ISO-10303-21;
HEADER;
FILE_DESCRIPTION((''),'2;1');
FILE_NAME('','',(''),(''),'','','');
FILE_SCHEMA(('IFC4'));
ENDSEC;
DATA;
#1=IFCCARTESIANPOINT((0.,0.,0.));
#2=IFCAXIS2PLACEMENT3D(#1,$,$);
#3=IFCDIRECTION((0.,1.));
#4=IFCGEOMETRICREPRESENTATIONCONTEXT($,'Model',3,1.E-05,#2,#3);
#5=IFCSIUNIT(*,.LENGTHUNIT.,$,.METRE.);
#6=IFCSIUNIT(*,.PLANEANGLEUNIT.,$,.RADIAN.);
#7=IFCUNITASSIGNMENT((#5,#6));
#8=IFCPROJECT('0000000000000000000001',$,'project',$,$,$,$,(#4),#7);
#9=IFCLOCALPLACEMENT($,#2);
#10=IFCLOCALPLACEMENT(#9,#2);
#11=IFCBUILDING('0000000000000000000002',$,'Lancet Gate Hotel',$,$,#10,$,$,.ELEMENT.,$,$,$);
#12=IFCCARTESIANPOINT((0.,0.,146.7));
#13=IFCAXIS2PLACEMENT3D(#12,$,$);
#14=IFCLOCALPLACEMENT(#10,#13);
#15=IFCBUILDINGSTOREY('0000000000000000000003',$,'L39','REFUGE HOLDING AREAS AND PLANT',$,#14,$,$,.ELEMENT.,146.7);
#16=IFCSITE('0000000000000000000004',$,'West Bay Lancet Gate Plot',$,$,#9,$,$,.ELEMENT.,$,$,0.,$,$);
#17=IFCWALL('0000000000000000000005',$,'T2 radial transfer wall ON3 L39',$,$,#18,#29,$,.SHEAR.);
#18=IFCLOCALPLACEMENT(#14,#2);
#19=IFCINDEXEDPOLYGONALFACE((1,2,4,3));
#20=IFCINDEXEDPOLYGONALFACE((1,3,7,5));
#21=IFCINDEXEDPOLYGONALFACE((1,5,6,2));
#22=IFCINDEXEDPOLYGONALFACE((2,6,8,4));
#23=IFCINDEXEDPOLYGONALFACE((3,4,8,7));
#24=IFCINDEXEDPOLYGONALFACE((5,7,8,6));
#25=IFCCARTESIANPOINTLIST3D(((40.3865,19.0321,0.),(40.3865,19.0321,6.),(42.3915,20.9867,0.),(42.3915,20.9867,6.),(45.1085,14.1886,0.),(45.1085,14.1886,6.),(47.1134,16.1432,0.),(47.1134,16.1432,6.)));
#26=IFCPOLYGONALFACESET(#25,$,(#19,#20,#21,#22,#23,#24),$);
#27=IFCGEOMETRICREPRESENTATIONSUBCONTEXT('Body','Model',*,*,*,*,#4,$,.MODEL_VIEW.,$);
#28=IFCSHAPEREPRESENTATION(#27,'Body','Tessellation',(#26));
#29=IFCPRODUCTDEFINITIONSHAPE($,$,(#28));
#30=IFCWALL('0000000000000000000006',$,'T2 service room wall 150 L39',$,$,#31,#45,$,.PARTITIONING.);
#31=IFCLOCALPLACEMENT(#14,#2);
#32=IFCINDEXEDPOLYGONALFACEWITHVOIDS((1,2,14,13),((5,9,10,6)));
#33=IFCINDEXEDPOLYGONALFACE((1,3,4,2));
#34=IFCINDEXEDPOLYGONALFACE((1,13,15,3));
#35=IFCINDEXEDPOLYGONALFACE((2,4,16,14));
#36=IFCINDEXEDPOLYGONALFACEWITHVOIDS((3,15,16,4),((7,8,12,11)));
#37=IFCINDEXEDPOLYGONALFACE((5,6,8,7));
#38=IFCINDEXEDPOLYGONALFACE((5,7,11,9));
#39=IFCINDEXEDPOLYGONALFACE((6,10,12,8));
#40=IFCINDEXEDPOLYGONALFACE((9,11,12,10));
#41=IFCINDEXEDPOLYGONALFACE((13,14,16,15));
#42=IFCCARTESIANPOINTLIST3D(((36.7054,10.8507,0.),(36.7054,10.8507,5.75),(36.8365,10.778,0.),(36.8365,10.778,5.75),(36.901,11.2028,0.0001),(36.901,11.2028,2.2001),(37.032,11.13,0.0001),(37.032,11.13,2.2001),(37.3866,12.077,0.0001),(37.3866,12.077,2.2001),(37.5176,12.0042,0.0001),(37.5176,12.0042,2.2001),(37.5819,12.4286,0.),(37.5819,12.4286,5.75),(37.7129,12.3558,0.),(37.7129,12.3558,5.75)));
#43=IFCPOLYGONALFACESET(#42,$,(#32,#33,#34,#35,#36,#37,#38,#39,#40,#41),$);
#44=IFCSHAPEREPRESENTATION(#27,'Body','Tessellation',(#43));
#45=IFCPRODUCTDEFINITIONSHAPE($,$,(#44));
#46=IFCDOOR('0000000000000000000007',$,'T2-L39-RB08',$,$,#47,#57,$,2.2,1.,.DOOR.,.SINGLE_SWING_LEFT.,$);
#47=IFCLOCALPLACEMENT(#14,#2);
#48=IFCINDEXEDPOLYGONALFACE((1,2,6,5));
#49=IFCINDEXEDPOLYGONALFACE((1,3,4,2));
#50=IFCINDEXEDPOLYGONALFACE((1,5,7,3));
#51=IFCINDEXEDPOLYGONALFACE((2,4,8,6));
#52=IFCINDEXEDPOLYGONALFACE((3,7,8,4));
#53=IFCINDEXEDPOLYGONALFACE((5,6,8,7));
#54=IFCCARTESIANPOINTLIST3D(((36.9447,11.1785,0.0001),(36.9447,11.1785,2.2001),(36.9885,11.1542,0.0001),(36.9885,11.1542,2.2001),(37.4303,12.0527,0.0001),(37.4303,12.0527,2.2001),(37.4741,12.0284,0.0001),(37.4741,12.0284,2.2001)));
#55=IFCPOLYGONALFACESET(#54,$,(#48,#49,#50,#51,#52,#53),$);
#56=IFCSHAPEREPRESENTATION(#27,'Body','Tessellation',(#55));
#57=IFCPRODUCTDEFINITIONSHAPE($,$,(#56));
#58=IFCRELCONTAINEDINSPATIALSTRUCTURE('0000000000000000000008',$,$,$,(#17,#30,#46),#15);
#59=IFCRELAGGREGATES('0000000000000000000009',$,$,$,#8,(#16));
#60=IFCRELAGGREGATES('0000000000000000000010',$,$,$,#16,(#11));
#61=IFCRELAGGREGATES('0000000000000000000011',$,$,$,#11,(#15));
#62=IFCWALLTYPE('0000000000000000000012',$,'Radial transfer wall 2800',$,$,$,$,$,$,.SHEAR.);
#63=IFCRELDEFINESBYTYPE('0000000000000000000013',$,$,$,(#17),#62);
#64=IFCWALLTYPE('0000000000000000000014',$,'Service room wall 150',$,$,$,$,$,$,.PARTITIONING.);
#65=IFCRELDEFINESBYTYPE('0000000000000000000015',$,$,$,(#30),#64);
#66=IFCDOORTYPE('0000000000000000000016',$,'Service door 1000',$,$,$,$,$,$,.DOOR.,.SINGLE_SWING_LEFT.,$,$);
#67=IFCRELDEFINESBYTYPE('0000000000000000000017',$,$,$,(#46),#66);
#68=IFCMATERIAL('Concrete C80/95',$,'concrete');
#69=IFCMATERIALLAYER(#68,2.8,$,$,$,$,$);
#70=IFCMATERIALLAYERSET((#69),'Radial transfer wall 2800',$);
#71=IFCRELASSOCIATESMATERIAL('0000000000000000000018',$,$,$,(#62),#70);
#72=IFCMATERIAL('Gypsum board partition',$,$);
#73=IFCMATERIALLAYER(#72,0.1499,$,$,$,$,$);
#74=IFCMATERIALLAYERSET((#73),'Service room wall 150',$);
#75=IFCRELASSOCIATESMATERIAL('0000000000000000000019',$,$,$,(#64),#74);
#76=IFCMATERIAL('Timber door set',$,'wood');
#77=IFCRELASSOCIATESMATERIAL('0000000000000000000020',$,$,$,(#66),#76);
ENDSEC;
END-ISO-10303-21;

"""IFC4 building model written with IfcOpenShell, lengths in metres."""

from ifc_helpers import new_model, si_unit, direction, frame, frame_2d, origin, place, context, subcontext, project, spatial, rectangle, extrude, material, layer, layer_set, type_object, element, fill, save


model = new_model("IFC4")

# Units and contexts
model_context = context("Model", 3, precision=1e-05, world=origin(), true_north=direction((0.0, 1.0)))
body_context = subcontext(model_context, "Body", "Model", "MODEL_VIEW")
ifc_project = project(units=[si_unit("LENGTHUNIT", "METRE"), si_unit("PLANEANGLEUNIT", "RADIAN")], contexts=[model_context])

# Site, building, storey
site_placement = place(None, origin())
site = spatial("IfcSite", under=ifc_project, at=site_placement, Name="West Bay Lancet Gate Plot", CompositionType="ELEMENT", RefElevation=0.0)
building_placement = place(site_placement, origin())
building = spatial("IfcBuilding", under=site, at=building_placement, Name="Lancet Gate Hotel", CompositionType="ELEMENT")
storey_placement = place(building_placement, frame((0.0, 0.0, 146.7)))
storey = spatial("IfcBuildingStorey", under=building, at=storey_placement, Name="L39", Description="REFUGE HOLDING AREAS AND PLANT", CompositionType="ELEMENT", Elevation=146.7)

# Wall
ifc_material_1 = material(Name="Concrete C80/95", Category="concrete")
ifc_layer_1 = layer(ifc_material_1, 2.8)
ifc_layer_set_1 = layer_set([ifc_layer_1], Name="Radial transfer wall 2800")
wall_type_1 = type_object("IfcWallType", Name="Radial transfer wall 2800", PredefinedType="SHEAR", material=ifc_layer_set_1)
wall_1_placement = place(storey_placement, frame((41.3889, 20.0095, 0.0), z_axis=(0.0, 0.0, 1.0), x_axis=(0.698063, -0.716037, 0.0)))
element("IfcWall", 1, at=wall_1_placement, inside=storey, type_object=wall_type_1, Name="T2 radial transfer wall ON3 L39", PredefinedType="SHEAR", context=body_context, shape_type="SweptSolid", body=[
    extrude(rectangle(XDim=6.7644, YDim=2.8, at=frame_2d((3.3823, 0.0))), origin(), (0.0, 0.0, 1.0), 6.0),
])

# Wall, opening, door
ifc_material_2 = material(Name="Gypsum board partition")
ifc_layer_2 = layer(ifc_material_2, 0.1499)
ifc_layer_set_2 = layer_set([ifc_layer_2], Name="Service room wall 150")
wall_type_2 = type_object("IfcWallType", Name="Service room wall 150", PredefinedType="PARTITIONING", material=ifc_layer_set_2)
wall_2_placement = place(storey_placement, frame((36.771, 10.8145, 0.0), z_axis=(0.0, 0.0, 1.0), x_axis=(0.485586, 0.874189, 0.0)))
wall_2 = element("IfcWall", 2, at=wall_2_placement, inside=storey, type_object=wall_type_2, Name="T2 service room wall 150 L39", PredefinedType="PARTITIONING", context=body_context, shape_type="SweptSolid", body=[
    extrude(rectangle(XDim=1.8049, YDim=0.1499, at=frame_2d((0.9023, 0.0))), origin(), (0.0, 0.0, 1.0), 5.75),
])
opening_1_placement = place(wall_2_placement, frame((0.4026, 0.0, 0.0)))
opening_1 = element("IfcOpeningElement", 3, at=opening_1_placement, cuts=wall_2, PredefinedType="OPENING", context=body_context, shape_type="SweptSolid", body=[
    extrude(rectangle(XDim=1.0, YDim=2.2, at=frame_2d((0.5, 1.1001))), frame((0.0, 0.085, 0.0), z_axis=(0.0, -1.0, 0.0), x_axis=(1.0, 0.0, 0.0)), (0.0, 0.0, 1.0), 0.1699),
])
ifc_material_3 = material(Name="Timber door set", Category="wood")
door_type_1 = type_object("IfcDoorType", Name="Service door 1000", OperationType="SINGLE_SWING_LEFT", PredefinedType="DOOR", material=ifc_material_3)
door_1_placement = place(opening_1_placement, origin())
door_1 = element("IfcDoor", 4, at=door_1_placement, inside=storey, type_object=door_type_1, Name="T2-L39-RB08", OperationType="SINGLE_SWING_LEFT", OverallHeight=2.2, OverallWidth=1.0, PredefinedType="DOOR", context=body_context, shape_type="SweptSolid", body=[
    extrude(rectangle(XDim=1.0, YDim=2.2, at=frame_2d((0.5, 1.1001))), frame((0.0, 0.0249, 0.0), z_axis=(0.0, -1.0, 0.0), x_axis=(1.0, 0.0, 0.0)), (0.0, 0.0, 1.0), 0.05),
])
fill(opening_1, door_1)

save(model, "model.ifc")
